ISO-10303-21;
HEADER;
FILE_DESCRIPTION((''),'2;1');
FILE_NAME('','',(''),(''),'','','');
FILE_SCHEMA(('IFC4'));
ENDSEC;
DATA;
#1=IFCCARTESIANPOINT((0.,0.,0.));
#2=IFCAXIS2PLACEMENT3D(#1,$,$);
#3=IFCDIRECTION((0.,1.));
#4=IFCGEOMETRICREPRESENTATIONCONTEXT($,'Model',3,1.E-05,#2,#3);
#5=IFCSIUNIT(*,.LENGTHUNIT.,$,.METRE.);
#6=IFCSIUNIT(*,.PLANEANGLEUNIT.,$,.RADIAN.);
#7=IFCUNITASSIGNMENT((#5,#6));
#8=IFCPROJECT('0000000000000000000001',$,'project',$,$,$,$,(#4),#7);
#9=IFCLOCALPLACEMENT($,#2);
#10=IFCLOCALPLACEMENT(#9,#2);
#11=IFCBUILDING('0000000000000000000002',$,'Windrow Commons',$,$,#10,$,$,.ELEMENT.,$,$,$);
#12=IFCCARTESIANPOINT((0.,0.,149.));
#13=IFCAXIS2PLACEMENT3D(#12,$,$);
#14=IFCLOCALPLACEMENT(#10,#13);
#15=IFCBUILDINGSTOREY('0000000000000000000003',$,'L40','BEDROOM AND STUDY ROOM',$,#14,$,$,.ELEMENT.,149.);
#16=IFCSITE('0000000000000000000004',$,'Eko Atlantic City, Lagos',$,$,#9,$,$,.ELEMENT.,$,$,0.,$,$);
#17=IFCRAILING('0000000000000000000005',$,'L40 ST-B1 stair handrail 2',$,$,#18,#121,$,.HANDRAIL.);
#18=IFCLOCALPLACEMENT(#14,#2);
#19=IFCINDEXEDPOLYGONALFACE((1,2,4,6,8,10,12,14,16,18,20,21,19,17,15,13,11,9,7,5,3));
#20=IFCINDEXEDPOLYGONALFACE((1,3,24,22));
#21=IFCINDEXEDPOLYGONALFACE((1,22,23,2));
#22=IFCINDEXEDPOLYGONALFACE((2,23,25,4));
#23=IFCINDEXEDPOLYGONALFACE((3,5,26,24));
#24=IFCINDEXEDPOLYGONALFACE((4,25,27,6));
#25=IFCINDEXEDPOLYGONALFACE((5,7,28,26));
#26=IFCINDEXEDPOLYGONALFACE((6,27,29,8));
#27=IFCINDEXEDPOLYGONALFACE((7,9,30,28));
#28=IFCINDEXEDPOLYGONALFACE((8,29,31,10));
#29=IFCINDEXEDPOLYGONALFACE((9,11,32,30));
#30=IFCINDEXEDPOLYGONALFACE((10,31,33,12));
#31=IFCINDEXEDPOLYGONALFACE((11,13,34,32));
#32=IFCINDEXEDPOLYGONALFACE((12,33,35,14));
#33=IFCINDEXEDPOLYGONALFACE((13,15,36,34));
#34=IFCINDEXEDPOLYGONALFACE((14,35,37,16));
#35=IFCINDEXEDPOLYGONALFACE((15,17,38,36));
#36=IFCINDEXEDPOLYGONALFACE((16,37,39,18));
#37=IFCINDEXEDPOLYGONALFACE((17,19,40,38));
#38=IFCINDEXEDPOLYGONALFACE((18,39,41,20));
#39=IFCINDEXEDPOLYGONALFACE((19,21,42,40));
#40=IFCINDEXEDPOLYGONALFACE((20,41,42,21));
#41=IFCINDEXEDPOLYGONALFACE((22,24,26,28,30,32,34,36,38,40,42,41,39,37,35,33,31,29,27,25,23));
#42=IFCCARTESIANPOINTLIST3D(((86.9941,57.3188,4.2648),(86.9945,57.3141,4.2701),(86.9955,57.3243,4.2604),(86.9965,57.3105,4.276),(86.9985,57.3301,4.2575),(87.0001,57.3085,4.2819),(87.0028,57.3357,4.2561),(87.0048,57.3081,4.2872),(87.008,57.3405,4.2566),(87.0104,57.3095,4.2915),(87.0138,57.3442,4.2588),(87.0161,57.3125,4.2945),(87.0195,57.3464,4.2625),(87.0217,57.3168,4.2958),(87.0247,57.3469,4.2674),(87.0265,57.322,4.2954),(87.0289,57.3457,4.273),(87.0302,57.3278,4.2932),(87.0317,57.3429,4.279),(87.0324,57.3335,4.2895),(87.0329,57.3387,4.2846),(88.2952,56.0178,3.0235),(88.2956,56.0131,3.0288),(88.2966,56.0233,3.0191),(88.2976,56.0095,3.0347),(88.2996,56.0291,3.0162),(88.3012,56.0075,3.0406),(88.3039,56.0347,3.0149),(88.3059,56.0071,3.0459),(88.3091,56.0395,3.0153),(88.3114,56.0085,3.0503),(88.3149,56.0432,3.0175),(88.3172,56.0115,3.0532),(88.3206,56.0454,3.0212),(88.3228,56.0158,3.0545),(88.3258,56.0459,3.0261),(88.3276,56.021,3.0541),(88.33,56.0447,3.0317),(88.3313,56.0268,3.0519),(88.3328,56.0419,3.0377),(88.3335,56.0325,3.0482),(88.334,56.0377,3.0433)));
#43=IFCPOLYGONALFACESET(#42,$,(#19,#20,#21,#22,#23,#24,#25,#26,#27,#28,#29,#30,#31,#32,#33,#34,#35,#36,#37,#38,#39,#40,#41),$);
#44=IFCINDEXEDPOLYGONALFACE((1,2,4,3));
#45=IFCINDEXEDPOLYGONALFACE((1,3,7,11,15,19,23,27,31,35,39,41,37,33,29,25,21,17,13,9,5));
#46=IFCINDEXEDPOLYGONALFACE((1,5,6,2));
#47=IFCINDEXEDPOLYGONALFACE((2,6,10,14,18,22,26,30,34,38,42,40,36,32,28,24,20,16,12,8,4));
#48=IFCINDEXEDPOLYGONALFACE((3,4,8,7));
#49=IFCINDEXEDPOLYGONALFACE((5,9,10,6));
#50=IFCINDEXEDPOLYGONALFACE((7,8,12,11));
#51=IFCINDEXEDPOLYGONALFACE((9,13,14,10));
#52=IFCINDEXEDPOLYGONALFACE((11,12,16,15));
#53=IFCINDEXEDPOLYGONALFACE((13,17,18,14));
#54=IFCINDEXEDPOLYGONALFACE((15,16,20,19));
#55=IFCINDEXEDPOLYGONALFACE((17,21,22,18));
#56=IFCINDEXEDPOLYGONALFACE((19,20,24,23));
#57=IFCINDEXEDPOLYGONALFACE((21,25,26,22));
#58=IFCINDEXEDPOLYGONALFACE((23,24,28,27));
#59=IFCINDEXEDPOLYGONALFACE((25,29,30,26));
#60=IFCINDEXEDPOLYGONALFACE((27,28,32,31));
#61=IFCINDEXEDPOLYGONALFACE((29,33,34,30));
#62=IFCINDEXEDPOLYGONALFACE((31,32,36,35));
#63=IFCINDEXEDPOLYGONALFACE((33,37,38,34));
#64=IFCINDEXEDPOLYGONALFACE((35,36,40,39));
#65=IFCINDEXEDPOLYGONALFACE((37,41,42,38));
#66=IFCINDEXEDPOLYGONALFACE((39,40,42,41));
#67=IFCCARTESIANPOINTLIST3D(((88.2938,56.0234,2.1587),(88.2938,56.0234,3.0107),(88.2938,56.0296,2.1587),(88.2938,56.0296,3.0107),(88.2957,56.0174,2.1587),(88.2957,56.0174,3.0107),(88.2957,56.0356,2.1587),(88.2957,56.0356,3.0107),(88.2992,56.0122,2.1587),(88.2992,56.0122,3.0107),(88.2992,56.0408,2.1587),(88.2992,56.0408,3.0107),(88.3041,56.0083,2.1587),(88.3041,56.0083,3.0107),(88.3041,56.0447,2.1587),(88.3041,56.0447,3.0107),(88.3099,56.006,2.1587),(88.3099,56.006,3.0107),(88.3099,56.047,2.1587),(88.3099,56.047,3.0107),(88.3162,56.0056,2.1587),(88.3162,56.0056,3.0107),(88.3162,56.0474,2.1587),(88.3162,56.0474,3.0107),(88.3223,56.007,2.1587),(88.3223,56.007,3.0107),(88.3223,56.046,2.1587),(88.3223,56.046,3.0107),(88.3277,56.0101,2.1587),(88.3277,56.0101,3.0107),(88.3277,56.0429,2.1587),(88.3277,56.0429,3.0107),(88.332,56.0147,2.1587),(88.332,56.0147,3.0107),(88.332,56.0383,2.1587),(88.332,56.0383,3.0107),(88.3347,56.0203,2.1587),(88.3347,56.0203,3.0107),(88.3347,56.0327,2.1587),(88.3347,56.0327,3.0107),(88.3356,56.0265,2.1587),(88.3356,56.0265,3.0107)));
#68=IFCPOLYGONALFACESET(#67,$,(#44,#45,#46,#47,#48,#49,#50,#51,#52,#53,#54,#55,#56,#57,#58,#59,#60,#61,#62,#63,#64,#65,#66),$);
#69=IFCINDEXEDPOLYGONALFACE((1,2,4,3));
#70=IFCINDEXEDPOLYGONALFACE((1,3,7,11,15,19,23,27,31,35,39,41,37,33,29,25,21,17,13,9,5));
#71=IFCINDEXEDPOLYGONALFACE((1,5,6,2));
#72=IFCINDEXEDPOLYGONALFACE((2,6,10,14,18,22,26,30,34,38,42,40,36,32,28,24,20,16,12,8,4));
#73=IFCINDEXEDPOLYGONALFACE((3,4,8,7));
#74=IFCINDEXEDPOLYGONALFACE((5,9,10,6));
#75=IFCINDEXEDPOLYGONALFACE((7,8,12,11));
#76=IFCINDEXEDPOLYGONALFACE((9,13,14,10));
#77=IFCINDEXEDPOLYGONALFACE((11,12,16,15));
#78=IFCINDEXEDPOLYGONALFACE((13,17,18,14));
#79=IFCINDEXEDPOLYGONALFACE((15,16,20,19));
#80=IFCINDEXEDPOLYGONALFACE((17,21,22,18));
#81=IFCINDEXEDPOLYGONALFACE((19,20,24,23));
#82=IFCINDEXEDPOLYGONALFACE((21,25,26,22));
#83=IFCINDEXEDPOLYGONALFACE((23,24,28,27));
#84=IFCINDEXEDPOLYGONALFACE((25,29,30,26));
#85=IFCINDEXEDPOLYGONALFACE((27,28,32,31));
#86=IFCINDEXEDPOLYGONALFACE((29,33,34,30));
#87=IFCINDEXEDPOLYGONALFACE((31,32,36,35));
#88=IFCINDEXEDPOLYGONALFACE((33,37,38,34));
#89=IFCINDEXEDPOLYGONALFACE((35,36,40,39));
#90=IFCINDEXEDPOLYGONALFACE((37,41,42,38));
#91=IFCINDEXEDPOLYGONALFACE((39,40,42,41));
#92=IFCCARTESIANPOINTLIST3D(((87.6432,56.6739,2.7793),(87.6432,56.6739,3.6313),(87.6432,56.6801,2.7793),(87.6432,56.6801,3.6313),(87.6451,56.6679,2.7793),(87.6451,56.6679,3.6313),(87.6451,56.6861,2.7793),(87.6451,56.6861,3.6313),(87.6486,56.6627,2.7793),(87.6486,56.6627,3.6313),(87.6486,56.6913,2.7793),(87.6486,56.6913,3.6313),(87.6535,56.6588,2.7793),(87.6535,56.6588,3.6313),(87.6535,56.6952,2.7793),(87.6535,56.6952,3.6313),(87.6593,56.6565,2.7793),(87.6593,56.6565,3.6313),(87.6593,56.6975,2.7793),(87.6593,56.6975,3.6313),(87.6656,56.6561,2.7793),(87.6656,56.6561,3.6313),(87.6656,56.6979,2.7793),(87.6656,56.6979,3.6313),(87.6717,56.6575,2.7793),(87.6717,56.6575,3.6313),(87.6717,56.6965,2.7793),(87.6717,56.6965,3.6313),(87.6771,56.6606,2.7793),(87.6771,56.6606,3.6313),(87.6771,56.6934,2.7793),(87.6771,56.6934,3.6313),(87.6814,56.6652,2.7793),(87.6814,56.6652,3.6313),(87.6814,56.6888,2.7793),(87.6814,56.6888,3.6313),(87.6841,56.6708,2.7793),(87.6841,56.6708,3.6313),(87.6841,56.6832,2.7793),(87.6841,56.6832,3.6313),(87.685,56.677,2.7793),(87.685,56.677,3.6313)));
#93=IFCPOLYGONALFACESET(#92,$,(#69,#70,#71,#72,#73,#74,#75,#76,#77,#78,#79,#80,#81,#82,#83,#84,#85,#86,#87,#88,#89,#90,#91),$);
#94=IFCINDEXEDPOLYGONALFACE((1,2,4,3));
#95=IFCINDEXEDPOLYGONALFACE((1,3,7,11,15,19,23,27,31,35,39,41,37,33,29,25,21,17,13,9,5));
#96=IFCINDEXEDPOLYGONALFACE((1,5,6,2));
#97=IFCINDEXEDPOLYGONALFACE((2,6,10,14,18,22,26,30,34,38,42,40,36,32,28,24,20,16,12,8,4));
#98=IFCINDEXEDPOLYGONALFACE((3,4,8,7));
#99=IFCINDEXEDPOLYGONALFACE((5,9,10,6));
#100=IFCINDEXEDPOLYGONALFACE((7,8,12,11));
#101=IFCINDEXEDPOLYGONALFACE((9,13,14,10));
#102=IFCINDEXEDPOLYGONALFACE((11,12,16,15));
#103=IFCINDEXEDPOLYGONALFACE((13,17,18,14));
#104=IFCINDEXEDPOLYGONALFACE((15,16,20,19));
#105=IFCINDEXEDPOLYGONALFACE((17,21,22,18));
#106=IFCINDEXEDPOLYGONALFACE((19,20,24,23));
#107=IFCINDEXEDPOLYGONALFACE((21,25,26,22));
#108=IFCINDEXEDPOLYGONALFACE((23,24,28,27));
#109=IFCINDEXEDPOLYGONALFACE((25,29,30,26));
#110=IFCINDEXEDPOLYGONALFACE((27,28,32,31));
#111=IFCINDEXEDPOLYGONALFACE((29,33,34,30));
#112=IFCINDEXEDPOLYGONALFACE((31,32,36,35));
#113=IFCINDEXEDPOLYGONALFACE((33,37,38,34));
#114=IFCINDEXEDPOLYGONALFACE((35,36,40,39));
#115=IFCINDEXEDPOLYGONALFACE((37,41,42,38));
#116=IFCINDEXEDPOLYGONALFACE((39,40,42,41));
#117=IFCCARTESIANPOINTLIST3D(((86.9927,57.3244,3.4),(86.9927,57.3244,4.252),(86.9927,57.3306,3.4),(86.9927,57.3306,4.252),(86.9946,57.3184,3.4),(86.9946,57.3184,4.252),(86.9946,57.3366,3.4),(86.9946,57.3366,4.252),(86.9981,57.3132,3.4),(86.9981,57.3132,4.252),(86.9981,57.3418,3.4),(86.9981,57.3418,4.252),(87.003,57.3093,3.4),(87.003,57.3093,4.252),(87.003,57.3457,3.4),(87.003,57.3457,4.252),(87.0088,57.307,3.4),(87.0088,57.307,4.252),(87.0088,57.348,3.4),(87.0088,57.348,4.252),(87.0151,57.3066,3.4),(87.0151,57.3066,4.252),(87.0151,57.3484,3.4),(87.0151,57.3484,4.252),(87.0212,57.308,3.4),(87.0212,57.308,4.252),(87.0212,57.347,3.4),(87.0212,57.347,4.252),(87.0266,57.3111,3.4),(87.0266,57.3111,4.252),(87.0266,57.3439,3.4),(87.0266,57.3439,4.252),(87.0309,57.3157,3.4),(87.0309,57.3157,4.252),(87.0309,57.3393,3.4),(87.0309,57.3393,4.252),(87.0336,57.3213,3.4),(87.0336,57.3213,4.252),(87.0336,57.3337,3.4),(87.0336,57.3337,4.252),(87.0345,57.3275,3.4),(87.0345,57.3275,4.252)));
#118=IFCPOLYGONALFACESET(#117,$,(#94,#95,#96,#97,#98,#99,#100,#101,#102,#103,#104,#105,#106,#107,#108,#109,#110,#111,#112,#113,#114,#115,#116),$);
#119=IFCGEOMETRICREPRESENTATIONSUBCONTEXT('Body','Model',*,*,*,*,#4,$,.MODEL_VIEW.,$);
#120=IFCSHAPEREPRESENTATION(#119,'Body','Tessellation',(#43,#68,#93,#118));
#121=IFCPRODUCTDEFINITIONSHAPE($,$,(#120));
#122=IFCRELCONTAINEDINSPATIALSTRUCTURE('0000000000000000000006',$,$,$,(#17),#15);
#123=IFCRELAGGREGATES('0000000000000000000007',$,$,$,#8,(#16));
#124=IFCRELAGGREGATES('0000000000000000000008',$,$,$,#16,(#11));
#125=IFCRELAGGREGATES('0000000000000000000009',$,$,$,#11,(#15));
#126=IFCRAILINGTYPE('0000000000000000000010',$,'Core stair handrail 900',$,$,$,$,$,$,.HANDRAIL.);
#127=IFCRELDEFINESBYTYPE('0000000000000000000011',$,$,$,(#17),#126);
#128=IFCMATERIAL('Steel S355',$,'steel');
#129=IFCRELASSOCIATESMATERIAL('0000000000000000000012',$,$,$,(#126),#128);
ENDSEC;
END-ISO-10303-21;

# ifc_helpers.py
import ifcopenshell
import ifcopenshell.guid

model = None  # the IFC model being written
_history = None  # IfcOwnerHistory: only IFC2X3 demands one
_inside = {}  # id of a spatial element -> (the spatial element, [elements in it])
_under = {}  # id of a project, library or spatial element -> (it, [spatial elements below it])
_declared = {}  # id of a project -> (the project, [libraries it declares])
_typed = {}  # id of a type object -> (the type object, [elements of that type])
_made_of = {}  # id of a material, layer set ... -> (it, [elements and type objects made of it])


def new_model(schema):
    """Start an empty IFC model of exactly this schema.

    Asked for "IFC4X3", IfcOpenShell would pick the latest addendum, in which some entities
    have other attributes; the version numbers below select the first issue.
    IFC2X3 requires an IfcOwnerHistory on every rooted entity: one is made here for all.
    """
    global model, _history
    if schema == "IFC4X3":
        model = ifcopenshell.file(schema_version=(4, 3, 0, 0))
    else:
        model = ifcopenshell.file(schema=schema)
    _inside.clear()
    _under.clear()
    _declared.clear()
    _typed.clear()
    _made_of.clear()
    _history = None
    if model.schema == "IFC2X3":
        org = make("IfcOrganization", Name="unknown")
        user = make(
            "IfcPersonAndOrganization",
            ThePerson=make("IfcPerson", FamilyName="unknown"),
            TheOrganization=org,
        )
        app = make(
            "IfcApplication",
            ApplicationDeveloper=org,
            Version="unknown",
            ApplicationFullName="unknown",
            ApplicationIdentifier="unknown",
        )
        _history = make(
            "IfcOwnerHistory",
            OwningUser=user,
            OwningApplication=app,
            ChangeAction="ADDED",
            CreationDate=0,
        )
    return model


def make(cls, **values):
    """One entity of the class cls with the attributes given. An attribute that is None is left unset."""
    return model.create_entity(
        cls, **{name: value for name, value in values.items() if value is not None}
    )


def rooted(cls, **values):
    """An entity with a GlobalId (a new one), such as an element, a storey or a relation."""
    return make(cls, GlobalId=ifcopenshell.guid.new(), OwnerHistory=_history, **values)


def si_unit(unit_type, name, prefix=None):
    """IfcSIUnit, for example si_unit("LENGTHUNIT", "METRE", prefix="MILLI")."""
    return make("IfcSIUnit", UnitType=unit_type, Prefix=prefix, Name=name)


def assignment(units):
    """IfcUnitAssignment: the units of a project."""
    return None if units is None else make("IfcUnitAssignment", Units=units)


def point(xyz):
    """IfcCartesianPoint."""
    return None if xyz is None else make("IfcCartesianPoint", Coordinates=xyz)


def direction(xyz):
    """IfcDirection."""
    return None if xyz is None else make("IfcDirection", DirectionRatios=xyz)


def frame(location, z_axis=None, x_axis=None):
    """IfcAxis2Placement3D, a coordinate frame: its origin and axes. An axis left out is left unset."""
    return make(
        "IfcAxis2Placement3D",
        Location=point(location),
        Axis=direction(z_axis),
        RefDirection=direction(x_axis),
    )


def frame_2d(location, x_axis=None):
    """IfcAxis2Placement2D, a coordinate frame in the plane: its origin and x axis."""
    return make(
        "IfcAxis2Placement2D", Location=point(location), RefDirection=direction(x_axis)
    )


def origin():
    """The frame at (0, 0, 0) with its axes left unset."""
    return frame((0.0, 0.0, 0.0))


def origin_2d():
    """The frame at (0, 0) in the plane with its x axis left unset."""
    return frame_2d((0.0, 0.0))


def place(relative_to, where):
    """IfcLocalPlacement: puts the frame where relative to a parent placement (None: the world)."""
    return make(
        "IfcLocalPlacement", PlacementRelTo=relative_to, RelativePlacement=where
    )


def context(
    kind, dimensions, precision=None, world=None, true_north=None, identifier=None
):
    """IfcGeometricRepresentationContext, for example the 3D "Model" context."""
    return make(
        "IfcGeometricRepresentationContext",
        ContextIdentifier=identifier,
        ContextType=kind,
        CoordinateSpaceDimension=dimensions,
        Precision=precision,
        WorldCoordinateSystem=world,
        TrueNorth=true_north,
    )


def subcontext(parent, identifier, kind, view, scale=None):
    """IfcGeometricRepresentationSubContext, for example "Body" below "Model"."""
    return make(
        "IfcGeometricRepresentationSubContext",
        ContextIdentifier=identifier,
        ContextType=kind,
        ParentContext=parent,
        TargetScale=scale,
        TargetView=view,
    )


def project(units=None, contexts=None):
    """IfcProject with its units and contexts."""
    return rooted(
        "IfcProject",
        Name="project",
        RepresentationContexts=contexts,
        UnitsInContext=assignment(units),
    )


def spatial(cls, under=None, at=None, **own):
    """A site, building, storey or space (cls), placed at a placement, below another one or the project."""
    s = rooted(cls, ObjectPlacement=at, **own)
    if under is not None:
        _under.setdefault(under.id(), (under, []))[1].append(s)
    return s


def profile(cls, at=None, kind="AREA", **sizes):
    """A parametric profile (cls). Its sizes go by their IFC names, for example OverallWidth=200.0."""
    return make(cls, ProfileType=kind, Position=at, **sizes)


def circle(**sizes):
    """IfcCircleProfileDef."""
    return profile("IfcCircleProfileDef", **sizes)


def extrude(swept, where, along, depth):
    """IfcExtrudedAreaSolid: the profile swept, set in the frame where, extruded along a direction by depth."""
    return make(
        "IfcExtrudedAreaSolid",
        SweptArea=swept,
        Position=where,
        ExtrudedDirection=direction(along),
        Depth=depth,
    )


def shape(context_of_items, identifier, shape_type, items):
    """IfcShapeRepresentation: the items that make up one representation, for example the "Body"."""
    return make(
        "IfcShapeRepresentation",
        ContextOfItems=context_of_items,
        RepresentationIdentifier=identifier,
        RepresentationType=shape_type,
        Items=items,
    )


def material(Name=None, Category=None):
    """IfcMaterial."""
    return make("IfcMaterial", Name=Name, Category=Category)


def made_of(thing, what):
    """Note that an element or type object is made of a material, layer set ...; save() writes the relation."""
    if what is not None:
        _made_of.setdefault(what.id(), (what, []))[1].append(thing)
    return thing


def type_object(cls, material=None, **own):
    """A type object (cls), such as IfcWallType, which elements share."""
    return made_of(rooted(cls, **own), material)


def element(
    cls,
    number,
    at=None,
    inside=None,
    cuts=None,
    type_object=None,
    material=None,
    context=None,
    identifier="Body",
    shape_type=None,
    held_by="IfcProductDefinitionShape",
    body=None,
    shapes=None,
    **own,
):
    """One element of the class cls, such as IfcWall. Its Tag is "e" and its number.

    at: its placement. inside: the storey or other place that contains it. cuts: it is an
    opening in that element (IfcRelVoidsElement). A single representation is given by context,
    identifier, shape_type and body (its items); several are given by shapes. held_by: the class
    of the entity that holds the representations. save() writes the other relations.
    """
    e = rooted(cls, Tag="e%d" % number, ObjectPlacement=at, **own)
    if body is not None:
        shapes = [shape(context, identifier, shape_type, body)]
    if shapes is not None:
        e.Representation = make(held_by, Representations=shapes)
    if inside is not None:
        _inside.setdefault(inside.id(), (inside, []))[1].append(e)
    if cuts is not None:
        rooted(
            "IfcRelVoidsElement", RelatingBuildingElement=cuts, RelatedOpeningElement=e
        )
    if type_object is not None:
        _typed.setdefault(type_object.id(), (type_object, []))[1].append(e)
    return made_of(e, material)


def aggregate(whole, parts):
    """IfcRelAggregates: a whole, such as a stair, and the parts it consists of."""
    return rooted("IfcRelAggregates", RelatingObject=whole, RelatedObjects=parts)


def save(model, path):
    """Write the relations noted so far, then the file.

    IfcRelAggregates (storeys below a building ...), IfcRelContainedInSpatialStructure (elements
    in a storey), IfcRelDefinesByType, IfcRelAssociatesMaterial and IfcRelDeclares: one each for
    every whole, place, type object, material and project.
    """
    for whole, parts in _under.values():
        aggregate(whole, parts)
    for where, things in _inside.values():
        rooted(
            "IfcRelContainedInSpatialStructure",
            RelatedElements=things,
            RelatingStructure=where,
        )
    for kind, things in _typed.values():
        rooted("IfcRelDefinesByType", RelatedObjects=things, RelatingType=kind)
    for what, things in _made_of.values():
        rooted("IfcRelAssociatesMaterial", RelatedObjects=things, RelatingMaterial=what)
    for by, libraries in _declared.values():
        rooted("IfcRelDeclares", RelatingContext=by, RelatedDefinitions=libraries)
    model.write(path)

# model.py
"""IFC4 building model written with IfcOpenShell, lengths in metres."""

from ifc_helpers import new_model, si_unit, direction, frame, origin, origin_2d, place, context, subcontext, project, spatial, circle, extrude, material, type_object, element, save


model = new_model("IFC4")

# Units and contexts
model_context = context("Model", 3, precision=1e-05, world=origin(), true_north=direction((0.0, 1.0)))
body_context = subcontext(model_context, "Body", "Model", "MODEL_VIEW")
ifc_project = project(units=[si_unit("LENGTHUNIT", "METRE"), si_unit("PLANEANGLEUNIT", "RADIAN")], contexts=[model_context])

# Site, building, storey
site_placement = place(None, origin())
site = spatial("IfcSite", under=ifc_project, at=site_placement, Name="Eko Atlantic City, Lagos", CompositionType="ELEMENT", RefElevation=0.0)
building_placement = place(site_placement, origin())
building = spatial("IfcBuilding", under=site, at=building_placement, Name="Windrow Commons", CompositionType="ELEMENT")
storey_placement = place(building_placement, frame((0.0, 0.0, 149.0)))
storey = spatial("IfcBuildingStorey", under=building, at=storey_placement, Name="L40", Description="BEDROOM AND STUDY ROOM", CompositionType="ELEMENT", Elevation=149.0)

# Railing
ifc_material_1 = material(Name="Steel S355", Category="steel")
railing_type_1 = type_object("IfcRailingType", Name="Core stair handrail 900", PredefinedType="HANDRAIL", material=ifc_material_1)
railing_1_placement = place(storey_placement, frame((88.3146, 56.0265, 2.1587)))
element("IfcRailing", 1, at=railing_1_placement, inside=storey, type_object=railing_type_1, Name="L40 ST-B1 stair handrail 2", PredefinedType="HANDRAIL", context=body_context, shape_type="SweptSolid", body=[
    extrude(circle(Radius=0.024, at=origin_2d()), frame((0.0, 0.0, 0.876), z_axis=(-0.586207, 0.586162, 0.559264), x_axis=(-0.70708, -0.707134, 0.0)), (0.0, 0.0, 1.0), 2.2195),
    extrude(circle(Radius=0.021, at=origin_2d()), origin(), (0.0, 0.0, 1.0), 0.852),
    extrude(circle(Radius=0.021, at=origin_2d()), frame((-0.6506, 0.6505, 0.6206)), (0.0, 0.0, 1.0), 0.852),
    extrude(circle(Radius=0.021, at=origin_2d()), frame((-1.3011, 1.301, 1.2413)), (0.0, 0.0, 1.0), 0.852),
])

save(model, "model.ifc")
